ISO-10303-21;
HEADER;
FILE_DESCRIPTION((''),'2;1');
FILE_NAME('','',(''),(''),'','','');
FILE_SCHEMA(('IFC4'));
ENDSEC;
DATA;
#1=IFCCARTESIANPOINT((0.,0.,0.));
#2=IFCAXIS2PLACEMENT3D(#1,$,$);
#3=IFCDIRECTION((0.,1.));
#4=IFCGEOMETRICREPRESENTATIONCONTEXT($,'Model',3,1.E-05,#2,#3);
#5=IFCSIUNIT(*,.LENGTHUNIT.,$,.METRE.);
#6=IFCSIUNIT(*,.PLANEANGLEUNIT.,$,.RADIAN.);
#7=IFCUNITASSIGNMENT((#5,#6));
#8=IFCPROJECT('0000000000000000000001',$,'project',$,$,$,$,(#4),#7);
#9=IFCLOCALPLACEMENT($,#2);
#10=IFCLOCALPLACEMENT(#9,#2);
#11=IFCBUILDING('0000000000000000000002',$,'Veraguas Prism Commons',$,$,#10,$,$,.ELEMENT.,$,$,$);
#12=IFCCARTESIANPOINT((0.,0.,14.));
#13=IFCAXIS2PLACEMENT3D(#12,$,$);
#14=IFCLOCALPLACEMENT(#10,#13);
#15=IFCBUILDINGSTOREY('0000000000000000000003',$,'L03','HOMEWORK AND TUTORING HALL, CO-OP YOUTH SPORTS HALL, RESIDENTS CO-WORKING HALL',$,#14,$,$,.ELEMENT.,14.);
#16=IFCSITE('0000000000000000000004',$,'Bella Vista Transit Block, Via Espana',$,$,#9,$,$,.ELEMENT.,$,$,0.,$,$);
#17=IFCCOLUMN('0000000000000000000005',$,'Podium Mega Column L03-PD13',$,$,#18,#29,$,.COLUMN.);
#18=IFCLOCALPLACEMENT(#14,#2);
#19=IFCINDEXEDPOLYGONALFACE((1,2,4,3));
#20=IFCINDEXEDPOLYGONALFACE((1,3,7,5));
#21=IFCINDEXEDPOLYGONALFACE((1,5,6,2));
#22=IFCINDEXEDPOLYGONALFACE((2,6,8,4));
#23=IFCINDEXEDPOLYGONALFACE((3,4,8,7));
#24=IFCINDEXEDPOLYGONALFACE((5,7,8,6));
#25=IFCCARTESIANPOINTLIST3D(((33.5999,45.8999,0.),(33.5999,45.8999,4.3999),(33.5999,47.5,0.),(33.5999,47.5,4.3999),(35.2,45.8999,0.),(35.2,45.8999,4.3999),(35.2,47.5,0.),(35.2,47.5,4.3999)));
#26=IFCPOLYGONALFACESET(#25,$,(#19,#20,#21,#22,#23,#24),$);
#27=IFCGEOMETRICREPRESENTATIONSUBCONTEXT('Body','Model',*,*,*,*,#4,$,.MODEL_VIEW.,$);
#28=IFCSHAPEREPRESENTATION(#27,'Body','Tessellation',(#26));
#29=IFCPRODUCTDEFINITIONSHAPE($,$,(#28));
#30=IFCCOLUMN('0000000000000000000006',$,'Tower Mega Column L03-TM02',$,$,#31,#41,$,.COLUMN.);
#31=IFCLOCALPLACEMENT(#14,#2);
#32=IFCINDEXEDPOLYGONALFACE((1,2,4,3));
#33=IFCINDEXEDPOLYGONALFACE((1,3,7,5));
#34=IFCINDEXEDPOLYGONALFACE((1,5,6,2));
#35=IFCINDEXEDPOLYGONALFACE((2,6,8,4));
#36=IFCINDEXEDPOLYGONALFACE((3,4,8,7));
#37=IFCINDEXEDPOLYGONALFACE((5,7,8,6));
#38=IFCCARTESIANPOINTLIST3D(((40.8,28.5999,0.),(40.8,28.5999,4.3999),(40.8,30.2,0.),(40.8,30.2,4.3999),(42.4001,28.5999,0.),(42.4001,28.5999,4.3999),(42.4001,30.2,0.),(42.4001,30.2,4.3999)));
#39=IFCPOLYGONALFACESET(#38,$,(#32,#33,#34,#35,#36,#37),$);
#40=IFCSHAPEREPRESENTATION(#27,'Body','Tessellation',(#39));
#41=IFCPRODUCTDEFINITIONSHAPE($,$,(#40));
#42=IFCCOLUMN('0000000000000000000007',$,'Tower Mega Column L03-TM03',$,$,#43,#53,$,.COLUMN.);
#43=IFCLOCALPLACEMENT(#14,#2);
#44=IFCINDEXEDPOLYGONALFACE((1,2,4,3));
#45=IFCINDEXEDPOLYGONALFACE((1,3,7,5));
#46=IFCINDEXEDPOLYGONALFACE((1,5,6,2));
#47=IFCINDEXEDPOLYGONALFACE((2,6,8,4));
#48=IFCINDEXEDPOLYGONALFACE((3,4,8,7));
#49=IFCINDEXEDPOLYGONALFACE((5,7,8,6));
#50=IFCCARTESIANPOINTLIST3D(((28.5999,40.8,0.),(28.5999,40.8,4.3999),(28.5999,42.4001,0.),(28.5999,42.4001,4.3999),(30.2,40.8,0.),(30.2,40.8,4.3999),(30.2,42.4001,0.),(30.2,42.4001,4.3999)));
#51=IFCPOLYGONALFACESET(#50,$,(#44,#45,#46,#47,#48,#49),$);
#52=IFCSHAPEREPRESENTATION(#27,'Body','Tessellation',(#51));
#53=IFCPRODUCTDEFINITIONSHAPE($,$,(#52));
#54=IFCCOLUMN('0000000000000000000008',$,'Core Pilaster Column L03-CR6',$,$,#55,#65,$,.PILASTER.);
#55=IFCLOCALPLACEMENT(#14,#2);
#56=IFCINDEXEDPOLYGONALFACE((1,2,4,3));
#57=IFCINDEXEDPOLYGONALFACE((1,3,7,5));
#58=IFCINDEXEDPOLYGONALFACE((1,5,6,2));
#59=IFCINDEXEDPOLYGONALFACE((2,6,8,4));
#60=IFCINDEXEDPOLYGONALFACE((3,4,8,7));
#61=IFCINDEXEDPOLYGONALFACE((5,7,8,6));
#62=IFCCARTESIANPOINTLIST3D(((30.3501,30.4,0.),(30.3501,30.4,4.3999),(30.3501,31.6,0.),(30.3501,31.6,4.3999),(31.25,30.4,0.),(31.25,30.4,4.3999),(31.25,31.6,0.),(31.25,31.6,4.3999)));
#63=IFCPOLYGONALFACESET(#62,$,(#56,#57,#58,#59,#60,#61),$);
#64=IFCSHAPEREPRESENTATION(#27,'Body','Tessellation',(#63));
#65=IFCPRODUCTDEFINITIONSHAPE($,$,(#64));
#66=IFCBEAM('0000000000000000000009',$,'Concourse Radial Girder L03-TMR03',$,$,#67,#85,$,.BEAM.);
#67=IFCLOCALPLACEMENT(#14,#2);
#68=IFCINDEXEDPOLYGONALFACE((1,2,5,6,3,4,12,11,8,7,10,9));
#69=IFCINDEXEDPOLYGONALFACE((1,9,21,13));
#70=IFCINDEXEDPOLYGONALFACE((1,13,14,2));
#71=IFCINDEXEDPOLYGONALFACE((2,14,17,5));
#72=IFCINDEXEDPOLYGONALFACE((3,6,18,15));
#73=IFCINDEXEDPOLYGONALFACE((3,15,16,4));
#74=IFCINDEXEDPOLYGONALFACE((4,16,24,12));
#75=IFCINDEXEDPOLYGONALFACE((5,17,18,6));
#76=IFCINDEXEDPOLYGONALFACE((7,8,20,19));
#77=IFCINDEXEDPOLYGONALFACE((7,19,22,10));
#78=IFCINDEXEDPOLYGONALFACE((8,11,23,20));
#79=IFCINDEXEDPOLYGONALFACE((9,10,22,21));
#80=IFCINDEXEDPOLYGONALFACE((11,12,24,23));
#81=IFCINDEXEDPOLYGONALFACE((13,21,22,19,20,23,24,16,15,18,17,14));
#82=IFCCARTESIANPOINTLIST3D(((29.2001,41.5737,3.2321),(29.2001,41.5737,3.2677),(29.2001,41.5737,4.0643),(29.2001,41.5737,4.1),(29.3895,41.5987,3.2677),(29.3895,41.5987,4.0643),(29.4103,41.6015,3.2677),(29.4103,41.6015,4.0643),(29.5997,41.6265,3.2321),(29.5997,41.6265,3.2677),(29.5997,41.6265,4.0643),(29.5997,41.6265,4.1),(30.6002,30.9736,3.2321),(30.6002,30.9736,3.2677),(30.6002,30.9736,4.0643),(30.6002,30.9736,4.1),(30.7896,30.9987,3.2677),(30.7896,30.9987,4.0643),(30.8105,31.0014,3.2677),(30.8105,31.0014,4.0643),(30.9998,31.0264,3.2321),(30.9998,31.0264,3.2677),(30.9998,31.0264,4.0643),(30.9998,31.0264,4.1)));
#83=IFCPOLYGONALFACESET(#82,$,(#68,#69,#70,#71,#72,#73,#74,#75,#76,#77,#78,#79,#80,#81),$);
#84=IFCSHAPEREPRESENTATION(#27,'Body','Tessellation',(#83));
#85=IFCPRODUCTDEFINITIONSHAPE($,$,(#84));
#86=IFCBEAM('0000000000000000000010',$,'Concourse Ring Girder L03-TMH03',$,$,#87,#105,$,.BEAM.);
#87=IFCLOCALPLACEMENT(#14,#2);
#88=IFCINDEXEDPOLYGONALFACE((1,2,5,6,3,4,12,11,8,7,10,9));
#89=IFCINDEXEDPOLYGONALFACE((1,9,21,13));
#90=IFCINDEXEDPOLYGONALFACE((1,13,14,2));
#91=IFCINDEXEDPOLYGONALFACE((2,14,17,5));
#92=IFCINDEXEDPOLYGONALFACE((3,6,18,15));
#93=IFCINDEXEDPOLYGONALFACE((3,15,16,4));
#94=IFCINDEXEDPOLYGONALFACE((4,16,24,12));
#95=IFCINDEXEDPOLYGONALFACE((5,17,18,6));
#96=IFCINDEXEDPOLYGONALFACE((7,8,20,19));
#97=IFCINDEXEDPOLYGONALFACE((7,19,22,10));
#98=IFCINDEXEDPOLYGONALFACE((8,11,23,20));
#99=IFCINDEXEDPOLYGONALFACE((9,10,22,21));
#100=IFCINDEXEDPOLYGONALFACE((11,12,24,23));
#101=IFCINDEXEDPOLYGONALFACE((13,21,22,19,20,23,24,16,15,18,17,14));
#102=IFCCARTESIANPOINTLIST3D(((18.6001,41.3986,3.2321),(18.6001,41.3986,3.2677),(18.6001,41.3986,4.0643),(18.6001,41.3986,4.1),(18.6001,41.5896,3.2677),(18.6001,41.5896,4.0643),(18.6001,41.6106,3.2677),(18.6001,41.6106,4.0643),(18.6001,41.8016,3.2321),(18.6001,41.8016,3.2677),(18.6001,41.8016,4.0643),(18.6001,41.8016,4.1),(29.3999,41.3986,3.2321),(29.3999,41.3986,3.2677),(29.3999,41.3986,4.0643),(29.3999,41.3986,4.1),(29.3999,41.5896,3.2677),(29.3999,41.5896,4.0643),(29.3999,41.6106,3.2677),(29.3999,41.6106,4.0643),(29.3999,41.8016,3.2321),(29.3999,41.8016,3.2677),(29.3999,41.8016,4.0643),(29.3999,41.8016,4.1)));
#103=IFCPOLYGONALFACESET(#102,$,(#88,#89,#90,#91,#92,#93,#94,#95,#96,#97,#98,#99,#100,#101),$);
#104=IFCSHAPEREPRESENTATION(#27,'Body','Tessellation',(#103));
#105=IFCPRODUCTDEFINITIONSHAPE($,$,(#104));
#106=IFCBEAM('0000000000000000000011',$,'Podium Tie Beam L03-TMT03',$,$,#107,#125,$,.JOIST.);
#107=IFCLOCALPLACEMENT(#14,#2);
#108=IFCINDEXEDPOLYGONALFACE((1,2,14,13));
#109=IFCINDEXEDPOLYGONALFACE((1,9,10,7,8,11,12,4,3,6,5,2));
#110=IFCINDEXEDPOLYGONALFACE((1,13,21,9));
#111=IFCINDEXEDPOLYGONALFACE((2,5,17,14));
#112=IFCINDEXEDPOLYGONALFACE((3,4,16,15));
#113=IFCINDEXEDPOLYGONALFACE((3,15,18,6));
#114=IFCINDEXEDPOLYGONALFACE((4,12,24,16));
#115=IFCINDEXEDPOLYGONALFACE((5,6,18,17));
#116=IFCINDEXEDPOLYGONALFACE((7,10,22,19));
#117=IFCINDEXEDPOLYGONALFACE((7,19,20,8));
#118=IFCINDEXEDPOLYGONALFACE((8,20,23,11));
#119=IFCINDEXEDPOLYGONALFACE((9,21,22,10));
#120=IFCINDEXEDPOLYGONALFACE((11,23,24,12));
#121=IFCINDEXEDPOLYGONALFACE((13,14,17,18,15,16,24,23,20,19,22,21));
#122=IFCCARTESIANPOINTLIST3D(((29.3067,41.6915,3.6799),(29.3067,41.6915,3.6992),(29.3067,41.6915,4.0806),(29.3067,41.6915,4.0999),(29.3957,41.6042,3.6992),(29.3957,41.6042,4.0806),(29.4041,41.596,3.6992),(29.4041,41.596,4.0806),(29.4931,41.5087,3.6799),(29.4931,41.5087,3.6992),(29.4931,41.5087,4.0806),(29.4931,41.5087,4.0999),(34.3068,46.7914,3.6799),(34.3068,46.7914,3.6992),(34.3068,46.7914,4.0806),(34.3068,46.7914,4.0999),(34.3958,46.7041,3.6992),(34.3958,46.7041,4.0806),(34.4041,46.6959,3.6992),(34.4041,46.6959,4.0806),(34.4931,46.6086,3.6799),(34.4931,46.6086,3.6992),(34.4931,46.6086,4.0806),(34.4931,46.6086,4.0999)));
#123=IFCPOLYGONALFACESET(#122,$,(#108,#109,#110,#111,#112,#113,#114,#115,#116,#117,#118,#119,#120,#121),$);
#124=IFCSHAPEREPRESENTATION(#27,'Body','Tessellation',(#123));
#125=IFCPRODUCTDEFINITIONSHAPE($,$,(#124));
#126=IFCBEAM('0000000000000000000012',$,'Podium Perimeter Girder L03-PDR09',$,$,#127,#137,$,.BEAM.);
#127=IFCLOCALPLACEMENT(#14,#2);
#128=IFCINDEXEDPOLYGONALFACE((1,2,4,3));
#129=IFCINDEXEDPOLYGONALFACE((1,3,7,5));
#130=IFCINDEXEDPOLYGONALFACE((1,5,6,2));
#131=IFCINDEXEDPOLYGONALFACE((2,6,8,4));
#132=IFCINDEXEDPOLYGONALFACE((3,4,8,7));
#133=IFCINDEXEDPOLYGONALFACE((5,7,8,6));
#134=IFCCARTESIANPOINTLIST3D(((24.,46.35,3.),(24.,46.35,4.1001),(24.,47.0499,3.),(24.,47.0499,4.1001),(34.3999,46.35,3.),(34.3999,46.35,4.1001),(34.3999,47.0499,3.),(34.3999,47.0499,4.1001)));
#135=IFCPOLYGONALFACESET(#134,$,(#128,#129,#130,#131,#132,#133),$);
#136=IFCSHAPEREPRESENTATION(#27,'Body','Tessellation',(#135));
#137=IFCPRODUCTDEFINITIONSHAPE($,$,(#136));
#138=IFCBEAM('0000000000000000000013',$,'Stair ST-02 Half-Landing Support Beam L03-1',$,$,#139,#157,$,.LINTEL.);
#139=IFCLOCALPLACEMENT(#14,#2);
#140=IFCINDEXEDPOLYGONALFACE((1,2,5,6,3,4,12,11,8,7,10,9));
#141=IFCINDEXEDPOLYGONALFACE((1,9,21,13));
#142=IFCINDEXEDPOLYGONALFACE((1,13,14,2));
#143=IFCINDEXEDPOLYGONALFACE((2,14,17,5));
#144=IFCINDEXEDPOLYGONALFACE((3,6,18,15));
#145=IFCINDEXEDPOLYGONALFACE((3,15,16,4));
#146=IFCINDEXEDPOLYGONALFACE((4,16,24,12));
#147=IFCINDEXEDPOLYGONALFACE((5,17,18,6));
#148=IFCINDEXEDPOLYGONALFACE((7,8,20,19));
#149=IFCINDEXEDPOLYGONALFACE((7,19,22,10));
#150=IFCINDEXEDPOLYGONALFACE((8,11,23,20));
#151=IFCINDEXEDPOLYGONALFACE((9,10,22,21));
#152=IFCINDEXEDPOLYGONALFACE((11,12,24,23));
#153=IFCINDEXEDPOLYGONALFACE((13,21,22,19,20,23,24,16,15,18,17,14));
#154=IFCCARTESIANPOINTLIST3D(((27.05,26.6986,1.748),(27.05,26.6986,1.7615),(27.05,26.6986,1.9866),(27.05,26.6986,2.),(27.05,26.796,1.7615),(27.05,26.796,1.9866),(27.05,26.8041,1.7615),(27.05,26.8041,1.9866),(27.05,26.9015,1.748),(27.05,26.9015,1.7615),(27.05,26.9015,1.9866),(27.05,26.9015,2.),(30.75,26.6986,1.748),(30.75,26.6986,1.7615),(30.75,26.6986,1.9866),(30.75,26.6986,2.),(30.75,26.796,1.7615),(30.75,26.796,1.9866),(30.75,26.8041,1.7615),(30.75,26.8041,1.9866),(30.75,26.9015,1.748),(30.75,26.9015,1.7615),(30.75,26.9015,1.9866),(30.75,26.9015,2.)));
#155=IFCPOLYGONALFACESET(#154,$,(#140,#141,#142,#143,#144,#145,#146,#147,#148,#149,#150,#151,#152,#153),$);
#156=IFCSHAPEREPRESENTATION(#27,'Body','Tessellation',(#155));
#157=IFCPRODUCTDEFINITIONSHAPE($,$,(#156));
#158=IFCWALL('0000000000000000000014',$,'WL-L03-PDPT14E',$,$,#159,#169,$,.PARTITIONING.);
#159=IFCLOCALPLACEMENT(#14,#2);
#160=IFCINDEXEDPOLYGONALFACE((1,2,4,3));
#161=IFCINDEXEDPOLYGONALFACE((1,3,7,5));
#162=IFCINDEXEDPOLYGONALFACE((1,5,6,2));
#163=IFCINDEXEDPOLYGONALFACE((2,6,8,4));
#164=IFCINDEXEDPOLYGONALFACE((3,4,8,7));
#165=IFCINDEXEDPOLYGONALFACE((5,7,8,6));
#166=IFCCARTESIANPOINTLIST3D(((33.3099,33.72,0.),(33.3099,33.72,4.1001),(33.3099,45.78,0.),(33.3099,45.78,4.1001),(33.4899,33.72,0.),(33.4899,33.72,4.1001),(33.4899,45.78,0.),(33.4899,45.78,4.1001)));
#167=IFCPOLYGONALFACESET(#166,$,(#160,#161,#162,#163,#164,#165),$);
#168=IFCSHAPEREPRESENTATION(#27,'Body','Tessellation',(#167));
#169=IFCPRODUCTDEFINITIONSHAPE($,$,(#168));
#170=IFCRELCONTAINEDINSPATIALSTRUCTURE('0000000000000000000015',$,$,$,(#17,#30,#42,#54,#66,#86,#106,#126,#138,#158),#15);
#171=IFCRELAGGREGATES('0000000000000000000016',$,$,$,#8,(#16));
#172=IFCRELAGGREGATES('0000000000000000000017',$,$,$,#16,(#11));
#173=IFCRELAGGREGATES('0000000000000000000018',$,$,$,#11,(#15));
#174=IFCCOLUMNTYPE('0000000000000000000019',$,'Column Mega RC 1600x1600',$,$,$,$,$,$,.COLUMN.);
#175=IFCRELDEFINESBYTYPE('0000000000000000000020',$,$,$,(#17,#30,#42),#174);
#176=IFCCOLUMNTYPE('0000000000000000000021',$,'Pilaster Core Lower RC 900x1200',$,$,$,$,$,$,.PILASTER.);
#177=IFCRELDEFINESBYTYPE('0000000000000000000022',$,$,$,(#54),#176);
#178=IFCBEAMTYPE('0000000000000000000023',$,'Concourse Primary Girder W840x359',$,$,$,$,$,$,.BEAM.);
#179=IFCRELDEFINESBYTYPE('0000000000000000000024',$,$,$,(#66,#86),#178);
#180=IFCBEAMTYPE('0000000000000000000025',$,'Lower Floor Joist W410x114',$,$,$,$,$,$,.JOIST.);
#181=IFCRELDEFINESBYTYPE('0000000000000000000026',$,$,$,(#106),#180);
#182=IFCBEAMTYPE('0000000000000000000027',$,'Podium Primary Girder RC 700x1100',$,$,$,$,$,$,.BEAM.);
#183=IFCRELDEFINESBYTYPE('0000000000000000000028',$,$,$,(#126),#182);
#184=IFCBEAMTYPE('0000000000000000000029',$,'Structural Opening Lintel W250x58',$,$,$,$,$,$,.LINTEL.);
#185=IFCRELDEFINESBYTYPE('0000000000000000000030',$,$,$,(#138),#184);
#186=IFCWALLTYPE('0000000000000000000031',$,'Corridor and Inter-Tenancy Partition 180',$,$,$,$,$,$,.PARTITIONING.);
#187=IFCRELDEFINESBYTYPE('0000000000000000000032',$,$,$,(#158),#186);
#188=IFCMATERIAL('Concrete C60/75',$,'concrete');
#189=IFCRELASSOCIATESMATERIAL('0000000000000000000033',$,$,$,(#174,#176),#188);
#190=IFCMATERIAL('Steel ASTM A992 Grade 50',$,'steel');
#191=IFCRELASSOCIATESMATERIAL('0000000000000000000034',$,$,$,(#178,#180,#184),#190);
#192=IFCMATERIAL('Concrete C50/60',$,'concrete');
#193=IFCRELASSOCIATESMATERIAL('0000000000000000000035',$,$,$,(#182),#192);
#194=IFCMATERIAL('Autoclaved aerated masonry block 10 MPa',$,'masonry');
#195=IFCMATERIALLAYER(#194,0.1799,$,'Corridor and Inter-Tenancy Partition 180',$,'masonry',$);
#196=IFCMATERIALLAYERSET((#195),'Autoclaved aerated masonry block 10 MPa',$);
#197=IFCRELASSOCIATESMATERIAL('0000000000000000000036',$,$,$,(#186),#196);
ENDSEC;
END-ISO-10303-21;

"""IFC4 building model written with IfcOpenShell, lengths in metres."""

from ifc_helpers import new_model, si_unit, direction, frame, frame_2d, origin, origin_2d, place, context, subcontext, project, spatial, rectangle, i_section, extrude, material, layer, layer_set, material_profile, profile_set, type_object, element, save


model = new_model("IFC4")

# Units and contexts
model_context = context("Model", 3, precision=1e-05, world=origin(), true_north=direction((0.0, 1.0)))
body_context = subcontext(model_context, "Body", "Model", "MODEL_VIEW")
ifc_project = project(units=[si_unit("LENGTHUNIT", "METRE"), si_unit("PLANEANGLEUNIT", "RADIAN")], contexts=[model_context])

# Site, building, storey
site_placement = place(None, origin())
site = spatial("IfcSite", under=ifc_project, at=site_placement, Name="Bella Vista Transit Block, Via Espana", CompositionType="ELEMENT", RefElevation=0.0)
building_placement = place(site_placement, origin())
building = spatial("IfcBuilding", under=site, at=building_placement, Name="Veraguas Prism Commons", CompositionType="ELEMENT")
storey_placement = place(building_placement, frame((0.0, 0.0, 14.0)))
storey = spatial("IfcBuildingStorey", under=building, at=storey_placement, Name="L03", Description="HOMEWORK AND TUTORING HALL, CO-OP YOUTH SPORTS HALL, RESIDENTS CO-WORKING HALL", CompositionType="ELEMENT", Elevation=14.0)

# Columns
ifc_material_1 = material(Name="Concrete C60/75", Category="concrete")
ifc_material_profile_1 = material_profile(ifc_material_1, rectangle(XDim=1.6001, YDim=1.6001, at=origin_2d()), Name="RC1600X1600")
ifc_profile_set_1 = profile_set([ifc_material_profile_1], Name="Concrete C60/75")
column_type_1 = type_object("IfcColumnType", Name="Column Mega RC 1600x1600", PredefinedType="COLUMN", material=ifc_profile_set_1)
for number, where, z_axis, x_axis, name in (
    (1, (34.3999, 46.7, 0.0), (0.0, 0.0, 1.0), (1.0, 0.0, 0.0), "Podium Mega Column L03-PD13"),
    (2, (41.6001, 29.3999, 0.0), (0.0, 0.0, 1.0), (1.0, 0.0, 0.0), "Tower Mega Column L03-TM02"),
    (3, (29.3999, 41.6001, 0.0), (0.0, 0.0, 1.0), (1.0, 0.0, 0.0), "Tower Mega Column L03-TM03"),
):
    element("IfcColumn", number, at=place(storey_placement, frame(where, z_axis=z_axis, x_axis=x_axis)), inside=storey, type_object=column_type_1, Name=name, PredefinedType="COLUMN", context=body_context, shape_type="SweptSolid", body=[
        extrude(rectangle(XDim=1.6001, YDim=1.6001, at=origin_2d()), origin(), (0.0, 0.0, 1.0), 4.3999),
    ])
ifc_material_profile_2 = material_profile(ifc_material_1, rectangle(XDim=0.8999, YDim=1.2, at=origin_2d()), Name="RC900X1200")
ifc_profile_set_2 = profile_set([ifc_material_profile_2], Name="Concrete C60/75")
column_type_2 = type_object("IfcColumnType", Name="Pilaster Core Lower RC 900x1200", PredefinedType="PILASTER", material=ifc_profile_set_2)
column_placement = place(storey_placement, frame((30.8, 31.0, 0.0), z_axis=(0.0, 0.0, 1.0), x_axis=(1.0, 0.0, 0.0)))
element("IfcColumn", 4, at=column_placement, inside=storey, type_object=column_type_2, Name="Core Pilaster Column L03-CR6", PredefinedType="PILASTER", context=body_context, shape_type="SweptSolid", body=[
    extrude(rectangle(XDim=0.8999, YDim=1.2, at=origin_2d()), origin(), (0.0, 0.0, 1.0), 4.3999),
])

# Beams
ifc_material_2 = material(Name="Steel ASTM A992 Grade 50", Category="steel")
ifc_material_profile_3 = material_profile(ifc_material_2, i_section(OverallWidth=0.4031, OverallDepth=0.8679, WebThickness=0.021, FlangeThickness=0.0356, at=origin_2d()), Name="W840X359")
ifc_profile_set_3 = profile_set([ifc_material_profile_3], Name="Steel ASTM A992 Grade 50")
beam_type_1 = type_object("IfcBeamType", Name="Concourse Primary Girder W840x359", PredefinedType="BEAM", material=ifc_profile_set_3)
beam_1_placement = place(storey_placement, frame((29.3999, 41.6001, 3.666), z_axis=(0.130951, -0.991389, 0.0), x_axis=(0.991389, 0.130951, 0.0)))
element("IfcBeam", 5, at=beam_1_placement, inside=storey, type_object=beam_type_1, Name="Concourse Radial Girder L03-TMR03", PredefinedType="BEAM", context=body_context, shape_type="SweptSolid", body=[
    extrude(i_section(OverallWidth=0.4031, OverallDepth=0.8679, WebThickness=0.021, FlangeThickness=0.0356, at=origin_2d()), origin(), (0.0, 0.0, 1.0), 10.6921),
])
beam_2_placement = place(storey_placement, frame((29.3999, 41.6001, 3.666), z_axis=(-1.0, 0.0, 0.0), x_axis=(0.0, -1.0, 0.0)))
element("IfcBeam", 6, at=beam_2_placement, inside=storey, type_object=beam_type_1, Name="Concourse Ring Girder L03-TMH03", PredefinedType="BEAM", context=body_context, shape_type="SweptSolid", body=[
    extrude(i_section(OverallWidth=0.4031, OverallDepth=0.8679, WebThickness=0.021, FlangeThickness=0.0356, at=origin_2d()), origin(), (0.0, 0.0, 1.0), 10.7998),
])
ifc_material_profile_4 = material_profile(ifc_material_2, i_section(OverallWidth=0.261, OverallDepth=0.4199, WebThickness=0.0117, FlangeThickness=0.0193, at=origin_2d()), Name="W410X114")
ifc_profile_set_4 = profile_set([ifc_material_profile_4], Name="Steel ASTM A992 Grade 50")
beam_type_2 = type_object("IfcBeamType", Name="Lower Floor Joist W410x114", PredefinedType="JOIST", material=ifc_profile_set_4)
beam_3_placement = place(storey_placement, frame((29.3999, 41.6001, 3.8899), z_axis=(0.700082, 0.714063, 0.0), x_axis=(-0.714063, 0.700082, 0.0)))
element("IfcBeam", 7, at=beam_3_placement, inside=storey, type_object=beam_type_2, Name="Podium Tie Beam L03-TMT03", PredefinedType="JOIST", context=body_context, shape_type="SweptSolid", body=[
    extrude(i_section(OverallWidth=0.261, OverallDepth=0.4199, WebThickness=0.0117, FlangeThickness=0.0193, at=origin_2d()), origin(), (0.0, 0.0, 1.0), 7.1421),
])
ifc_material_3 = material(Name="Concrete C50/60", Category="concrete")
ifc_material_profile_5 = material_profile(ifc_material_3, rectangle(XDim=0.7, YDim=1.1001, at=origin_2d()), Name="RC700X1100")
ifc_profile_set_5 = profile_set([ifc_material_profile_5], Name="Concrete C50/60")
beam_type_3 = type_object("IfcBeamType", Name="Podium Primary Girder RC 700x1100", PredefinedType="BEAM", material=ifc_profile_set_5)
beam_4_placement = place(storey_placement, frame((34.3999, 46.7, 3.55), z_axis=(-1.0, 0.0, 0.0), x_axis=(0.0, -1.0, 0.0)))
element("IfcBeam", 8, at=beam_4_placement, inside=storey, type_object=beam_type_3, Name="Podium Perimeter Girder L03-PDR09", PredefinedType="BEAM", context=body_context, shape_type="SweptSolid", body=[
    extrude(rectangle(XDim=0.7, YDim=1.1001, at=origin_2d()), origin(), (0.0, 0.0, 1.0), 10.3999),
])
ifc_material_profile_6 = material_profile(ifc_material_2, i_section(OverallWidth=0.2029, OverallDepth=0.252, WebThickness=0.0081, FlangeThickness=0.0134, at=origin_2d()), Name="W250X58")
ifc_profile_set_6 = profile_set([ifc_material_profile_6], Name="Steel ASTM A992 Grade 50")
beam_type_4 = type_object("IfcBeamType", Name="Structural Opening Lintel W250x58", PredefinedType="LINTEL", material=ifc_profile_set_6)
beam_5_placement = place(storey_placement, frame((27.05, 26.8, 1.874), z_axis=(1.0, 0.0, 0.0), x_axis=(0.0, 1.0, 0.0)))
element("IfcBeam", 9, at=beam_5_placement, inside=storey, type_object=beam_type_4, Name="Stair ST-02 Half-Landing Support Beam L03-1", PredefinedType="LINTEL", context=body_context, shape_type="SweptSolid", body=[
    extrude(i_section(OverallWidth=0.2029, OverallDepth=0.252, WebThickness=0.0081, FlangeThickness=0.0134, at=origin_2d()), origin(), (0.0, 0.0, 1.0), 3.7),
])

# Wall
ifc_material_4 = material(Name="Autoclaved aerated masonry block 10 MPa", Category="masonry")
ifc_layer_1 = layer(ifc_material_4, 0.1799, Name="Corridor and Inter-Tenancy Partition 180", Category="masonry")
ifc_layer_set_1 = layer_set([ifc_layer_1], Name="Autoclaved aerated masonry block 10 MPa")
wall_type_1 = type_object("IfcWallType", Name="Corridor and Inter-Tenancy Partition 180", PredefinedType="PARTITIONING", material=ifc_layer_set_1)
wall_1_placement = place(storey_placement, frame((33.3999, 33.72, 0.0), z_axis=(0.0, 0.0, 1.0), x_axis=(0.0, 1.0, 0.0)))
element("IfcWall", 10, at=wall_1_placement, inside=storey, type_object=wall_type_1, Name="WL-L03-PDPT14E", PredefinedType="PARTITIONING", context=body_context, shape_type="SweptSolid", body=[
    extrude(rectangle(XDim=12.0601, YDim=0.1799, at=frame_2d((6.03, 0.0))), origin(), (0.0, 0.0, 1.0), 4.1001),
])

save(model, "model.ifc")
